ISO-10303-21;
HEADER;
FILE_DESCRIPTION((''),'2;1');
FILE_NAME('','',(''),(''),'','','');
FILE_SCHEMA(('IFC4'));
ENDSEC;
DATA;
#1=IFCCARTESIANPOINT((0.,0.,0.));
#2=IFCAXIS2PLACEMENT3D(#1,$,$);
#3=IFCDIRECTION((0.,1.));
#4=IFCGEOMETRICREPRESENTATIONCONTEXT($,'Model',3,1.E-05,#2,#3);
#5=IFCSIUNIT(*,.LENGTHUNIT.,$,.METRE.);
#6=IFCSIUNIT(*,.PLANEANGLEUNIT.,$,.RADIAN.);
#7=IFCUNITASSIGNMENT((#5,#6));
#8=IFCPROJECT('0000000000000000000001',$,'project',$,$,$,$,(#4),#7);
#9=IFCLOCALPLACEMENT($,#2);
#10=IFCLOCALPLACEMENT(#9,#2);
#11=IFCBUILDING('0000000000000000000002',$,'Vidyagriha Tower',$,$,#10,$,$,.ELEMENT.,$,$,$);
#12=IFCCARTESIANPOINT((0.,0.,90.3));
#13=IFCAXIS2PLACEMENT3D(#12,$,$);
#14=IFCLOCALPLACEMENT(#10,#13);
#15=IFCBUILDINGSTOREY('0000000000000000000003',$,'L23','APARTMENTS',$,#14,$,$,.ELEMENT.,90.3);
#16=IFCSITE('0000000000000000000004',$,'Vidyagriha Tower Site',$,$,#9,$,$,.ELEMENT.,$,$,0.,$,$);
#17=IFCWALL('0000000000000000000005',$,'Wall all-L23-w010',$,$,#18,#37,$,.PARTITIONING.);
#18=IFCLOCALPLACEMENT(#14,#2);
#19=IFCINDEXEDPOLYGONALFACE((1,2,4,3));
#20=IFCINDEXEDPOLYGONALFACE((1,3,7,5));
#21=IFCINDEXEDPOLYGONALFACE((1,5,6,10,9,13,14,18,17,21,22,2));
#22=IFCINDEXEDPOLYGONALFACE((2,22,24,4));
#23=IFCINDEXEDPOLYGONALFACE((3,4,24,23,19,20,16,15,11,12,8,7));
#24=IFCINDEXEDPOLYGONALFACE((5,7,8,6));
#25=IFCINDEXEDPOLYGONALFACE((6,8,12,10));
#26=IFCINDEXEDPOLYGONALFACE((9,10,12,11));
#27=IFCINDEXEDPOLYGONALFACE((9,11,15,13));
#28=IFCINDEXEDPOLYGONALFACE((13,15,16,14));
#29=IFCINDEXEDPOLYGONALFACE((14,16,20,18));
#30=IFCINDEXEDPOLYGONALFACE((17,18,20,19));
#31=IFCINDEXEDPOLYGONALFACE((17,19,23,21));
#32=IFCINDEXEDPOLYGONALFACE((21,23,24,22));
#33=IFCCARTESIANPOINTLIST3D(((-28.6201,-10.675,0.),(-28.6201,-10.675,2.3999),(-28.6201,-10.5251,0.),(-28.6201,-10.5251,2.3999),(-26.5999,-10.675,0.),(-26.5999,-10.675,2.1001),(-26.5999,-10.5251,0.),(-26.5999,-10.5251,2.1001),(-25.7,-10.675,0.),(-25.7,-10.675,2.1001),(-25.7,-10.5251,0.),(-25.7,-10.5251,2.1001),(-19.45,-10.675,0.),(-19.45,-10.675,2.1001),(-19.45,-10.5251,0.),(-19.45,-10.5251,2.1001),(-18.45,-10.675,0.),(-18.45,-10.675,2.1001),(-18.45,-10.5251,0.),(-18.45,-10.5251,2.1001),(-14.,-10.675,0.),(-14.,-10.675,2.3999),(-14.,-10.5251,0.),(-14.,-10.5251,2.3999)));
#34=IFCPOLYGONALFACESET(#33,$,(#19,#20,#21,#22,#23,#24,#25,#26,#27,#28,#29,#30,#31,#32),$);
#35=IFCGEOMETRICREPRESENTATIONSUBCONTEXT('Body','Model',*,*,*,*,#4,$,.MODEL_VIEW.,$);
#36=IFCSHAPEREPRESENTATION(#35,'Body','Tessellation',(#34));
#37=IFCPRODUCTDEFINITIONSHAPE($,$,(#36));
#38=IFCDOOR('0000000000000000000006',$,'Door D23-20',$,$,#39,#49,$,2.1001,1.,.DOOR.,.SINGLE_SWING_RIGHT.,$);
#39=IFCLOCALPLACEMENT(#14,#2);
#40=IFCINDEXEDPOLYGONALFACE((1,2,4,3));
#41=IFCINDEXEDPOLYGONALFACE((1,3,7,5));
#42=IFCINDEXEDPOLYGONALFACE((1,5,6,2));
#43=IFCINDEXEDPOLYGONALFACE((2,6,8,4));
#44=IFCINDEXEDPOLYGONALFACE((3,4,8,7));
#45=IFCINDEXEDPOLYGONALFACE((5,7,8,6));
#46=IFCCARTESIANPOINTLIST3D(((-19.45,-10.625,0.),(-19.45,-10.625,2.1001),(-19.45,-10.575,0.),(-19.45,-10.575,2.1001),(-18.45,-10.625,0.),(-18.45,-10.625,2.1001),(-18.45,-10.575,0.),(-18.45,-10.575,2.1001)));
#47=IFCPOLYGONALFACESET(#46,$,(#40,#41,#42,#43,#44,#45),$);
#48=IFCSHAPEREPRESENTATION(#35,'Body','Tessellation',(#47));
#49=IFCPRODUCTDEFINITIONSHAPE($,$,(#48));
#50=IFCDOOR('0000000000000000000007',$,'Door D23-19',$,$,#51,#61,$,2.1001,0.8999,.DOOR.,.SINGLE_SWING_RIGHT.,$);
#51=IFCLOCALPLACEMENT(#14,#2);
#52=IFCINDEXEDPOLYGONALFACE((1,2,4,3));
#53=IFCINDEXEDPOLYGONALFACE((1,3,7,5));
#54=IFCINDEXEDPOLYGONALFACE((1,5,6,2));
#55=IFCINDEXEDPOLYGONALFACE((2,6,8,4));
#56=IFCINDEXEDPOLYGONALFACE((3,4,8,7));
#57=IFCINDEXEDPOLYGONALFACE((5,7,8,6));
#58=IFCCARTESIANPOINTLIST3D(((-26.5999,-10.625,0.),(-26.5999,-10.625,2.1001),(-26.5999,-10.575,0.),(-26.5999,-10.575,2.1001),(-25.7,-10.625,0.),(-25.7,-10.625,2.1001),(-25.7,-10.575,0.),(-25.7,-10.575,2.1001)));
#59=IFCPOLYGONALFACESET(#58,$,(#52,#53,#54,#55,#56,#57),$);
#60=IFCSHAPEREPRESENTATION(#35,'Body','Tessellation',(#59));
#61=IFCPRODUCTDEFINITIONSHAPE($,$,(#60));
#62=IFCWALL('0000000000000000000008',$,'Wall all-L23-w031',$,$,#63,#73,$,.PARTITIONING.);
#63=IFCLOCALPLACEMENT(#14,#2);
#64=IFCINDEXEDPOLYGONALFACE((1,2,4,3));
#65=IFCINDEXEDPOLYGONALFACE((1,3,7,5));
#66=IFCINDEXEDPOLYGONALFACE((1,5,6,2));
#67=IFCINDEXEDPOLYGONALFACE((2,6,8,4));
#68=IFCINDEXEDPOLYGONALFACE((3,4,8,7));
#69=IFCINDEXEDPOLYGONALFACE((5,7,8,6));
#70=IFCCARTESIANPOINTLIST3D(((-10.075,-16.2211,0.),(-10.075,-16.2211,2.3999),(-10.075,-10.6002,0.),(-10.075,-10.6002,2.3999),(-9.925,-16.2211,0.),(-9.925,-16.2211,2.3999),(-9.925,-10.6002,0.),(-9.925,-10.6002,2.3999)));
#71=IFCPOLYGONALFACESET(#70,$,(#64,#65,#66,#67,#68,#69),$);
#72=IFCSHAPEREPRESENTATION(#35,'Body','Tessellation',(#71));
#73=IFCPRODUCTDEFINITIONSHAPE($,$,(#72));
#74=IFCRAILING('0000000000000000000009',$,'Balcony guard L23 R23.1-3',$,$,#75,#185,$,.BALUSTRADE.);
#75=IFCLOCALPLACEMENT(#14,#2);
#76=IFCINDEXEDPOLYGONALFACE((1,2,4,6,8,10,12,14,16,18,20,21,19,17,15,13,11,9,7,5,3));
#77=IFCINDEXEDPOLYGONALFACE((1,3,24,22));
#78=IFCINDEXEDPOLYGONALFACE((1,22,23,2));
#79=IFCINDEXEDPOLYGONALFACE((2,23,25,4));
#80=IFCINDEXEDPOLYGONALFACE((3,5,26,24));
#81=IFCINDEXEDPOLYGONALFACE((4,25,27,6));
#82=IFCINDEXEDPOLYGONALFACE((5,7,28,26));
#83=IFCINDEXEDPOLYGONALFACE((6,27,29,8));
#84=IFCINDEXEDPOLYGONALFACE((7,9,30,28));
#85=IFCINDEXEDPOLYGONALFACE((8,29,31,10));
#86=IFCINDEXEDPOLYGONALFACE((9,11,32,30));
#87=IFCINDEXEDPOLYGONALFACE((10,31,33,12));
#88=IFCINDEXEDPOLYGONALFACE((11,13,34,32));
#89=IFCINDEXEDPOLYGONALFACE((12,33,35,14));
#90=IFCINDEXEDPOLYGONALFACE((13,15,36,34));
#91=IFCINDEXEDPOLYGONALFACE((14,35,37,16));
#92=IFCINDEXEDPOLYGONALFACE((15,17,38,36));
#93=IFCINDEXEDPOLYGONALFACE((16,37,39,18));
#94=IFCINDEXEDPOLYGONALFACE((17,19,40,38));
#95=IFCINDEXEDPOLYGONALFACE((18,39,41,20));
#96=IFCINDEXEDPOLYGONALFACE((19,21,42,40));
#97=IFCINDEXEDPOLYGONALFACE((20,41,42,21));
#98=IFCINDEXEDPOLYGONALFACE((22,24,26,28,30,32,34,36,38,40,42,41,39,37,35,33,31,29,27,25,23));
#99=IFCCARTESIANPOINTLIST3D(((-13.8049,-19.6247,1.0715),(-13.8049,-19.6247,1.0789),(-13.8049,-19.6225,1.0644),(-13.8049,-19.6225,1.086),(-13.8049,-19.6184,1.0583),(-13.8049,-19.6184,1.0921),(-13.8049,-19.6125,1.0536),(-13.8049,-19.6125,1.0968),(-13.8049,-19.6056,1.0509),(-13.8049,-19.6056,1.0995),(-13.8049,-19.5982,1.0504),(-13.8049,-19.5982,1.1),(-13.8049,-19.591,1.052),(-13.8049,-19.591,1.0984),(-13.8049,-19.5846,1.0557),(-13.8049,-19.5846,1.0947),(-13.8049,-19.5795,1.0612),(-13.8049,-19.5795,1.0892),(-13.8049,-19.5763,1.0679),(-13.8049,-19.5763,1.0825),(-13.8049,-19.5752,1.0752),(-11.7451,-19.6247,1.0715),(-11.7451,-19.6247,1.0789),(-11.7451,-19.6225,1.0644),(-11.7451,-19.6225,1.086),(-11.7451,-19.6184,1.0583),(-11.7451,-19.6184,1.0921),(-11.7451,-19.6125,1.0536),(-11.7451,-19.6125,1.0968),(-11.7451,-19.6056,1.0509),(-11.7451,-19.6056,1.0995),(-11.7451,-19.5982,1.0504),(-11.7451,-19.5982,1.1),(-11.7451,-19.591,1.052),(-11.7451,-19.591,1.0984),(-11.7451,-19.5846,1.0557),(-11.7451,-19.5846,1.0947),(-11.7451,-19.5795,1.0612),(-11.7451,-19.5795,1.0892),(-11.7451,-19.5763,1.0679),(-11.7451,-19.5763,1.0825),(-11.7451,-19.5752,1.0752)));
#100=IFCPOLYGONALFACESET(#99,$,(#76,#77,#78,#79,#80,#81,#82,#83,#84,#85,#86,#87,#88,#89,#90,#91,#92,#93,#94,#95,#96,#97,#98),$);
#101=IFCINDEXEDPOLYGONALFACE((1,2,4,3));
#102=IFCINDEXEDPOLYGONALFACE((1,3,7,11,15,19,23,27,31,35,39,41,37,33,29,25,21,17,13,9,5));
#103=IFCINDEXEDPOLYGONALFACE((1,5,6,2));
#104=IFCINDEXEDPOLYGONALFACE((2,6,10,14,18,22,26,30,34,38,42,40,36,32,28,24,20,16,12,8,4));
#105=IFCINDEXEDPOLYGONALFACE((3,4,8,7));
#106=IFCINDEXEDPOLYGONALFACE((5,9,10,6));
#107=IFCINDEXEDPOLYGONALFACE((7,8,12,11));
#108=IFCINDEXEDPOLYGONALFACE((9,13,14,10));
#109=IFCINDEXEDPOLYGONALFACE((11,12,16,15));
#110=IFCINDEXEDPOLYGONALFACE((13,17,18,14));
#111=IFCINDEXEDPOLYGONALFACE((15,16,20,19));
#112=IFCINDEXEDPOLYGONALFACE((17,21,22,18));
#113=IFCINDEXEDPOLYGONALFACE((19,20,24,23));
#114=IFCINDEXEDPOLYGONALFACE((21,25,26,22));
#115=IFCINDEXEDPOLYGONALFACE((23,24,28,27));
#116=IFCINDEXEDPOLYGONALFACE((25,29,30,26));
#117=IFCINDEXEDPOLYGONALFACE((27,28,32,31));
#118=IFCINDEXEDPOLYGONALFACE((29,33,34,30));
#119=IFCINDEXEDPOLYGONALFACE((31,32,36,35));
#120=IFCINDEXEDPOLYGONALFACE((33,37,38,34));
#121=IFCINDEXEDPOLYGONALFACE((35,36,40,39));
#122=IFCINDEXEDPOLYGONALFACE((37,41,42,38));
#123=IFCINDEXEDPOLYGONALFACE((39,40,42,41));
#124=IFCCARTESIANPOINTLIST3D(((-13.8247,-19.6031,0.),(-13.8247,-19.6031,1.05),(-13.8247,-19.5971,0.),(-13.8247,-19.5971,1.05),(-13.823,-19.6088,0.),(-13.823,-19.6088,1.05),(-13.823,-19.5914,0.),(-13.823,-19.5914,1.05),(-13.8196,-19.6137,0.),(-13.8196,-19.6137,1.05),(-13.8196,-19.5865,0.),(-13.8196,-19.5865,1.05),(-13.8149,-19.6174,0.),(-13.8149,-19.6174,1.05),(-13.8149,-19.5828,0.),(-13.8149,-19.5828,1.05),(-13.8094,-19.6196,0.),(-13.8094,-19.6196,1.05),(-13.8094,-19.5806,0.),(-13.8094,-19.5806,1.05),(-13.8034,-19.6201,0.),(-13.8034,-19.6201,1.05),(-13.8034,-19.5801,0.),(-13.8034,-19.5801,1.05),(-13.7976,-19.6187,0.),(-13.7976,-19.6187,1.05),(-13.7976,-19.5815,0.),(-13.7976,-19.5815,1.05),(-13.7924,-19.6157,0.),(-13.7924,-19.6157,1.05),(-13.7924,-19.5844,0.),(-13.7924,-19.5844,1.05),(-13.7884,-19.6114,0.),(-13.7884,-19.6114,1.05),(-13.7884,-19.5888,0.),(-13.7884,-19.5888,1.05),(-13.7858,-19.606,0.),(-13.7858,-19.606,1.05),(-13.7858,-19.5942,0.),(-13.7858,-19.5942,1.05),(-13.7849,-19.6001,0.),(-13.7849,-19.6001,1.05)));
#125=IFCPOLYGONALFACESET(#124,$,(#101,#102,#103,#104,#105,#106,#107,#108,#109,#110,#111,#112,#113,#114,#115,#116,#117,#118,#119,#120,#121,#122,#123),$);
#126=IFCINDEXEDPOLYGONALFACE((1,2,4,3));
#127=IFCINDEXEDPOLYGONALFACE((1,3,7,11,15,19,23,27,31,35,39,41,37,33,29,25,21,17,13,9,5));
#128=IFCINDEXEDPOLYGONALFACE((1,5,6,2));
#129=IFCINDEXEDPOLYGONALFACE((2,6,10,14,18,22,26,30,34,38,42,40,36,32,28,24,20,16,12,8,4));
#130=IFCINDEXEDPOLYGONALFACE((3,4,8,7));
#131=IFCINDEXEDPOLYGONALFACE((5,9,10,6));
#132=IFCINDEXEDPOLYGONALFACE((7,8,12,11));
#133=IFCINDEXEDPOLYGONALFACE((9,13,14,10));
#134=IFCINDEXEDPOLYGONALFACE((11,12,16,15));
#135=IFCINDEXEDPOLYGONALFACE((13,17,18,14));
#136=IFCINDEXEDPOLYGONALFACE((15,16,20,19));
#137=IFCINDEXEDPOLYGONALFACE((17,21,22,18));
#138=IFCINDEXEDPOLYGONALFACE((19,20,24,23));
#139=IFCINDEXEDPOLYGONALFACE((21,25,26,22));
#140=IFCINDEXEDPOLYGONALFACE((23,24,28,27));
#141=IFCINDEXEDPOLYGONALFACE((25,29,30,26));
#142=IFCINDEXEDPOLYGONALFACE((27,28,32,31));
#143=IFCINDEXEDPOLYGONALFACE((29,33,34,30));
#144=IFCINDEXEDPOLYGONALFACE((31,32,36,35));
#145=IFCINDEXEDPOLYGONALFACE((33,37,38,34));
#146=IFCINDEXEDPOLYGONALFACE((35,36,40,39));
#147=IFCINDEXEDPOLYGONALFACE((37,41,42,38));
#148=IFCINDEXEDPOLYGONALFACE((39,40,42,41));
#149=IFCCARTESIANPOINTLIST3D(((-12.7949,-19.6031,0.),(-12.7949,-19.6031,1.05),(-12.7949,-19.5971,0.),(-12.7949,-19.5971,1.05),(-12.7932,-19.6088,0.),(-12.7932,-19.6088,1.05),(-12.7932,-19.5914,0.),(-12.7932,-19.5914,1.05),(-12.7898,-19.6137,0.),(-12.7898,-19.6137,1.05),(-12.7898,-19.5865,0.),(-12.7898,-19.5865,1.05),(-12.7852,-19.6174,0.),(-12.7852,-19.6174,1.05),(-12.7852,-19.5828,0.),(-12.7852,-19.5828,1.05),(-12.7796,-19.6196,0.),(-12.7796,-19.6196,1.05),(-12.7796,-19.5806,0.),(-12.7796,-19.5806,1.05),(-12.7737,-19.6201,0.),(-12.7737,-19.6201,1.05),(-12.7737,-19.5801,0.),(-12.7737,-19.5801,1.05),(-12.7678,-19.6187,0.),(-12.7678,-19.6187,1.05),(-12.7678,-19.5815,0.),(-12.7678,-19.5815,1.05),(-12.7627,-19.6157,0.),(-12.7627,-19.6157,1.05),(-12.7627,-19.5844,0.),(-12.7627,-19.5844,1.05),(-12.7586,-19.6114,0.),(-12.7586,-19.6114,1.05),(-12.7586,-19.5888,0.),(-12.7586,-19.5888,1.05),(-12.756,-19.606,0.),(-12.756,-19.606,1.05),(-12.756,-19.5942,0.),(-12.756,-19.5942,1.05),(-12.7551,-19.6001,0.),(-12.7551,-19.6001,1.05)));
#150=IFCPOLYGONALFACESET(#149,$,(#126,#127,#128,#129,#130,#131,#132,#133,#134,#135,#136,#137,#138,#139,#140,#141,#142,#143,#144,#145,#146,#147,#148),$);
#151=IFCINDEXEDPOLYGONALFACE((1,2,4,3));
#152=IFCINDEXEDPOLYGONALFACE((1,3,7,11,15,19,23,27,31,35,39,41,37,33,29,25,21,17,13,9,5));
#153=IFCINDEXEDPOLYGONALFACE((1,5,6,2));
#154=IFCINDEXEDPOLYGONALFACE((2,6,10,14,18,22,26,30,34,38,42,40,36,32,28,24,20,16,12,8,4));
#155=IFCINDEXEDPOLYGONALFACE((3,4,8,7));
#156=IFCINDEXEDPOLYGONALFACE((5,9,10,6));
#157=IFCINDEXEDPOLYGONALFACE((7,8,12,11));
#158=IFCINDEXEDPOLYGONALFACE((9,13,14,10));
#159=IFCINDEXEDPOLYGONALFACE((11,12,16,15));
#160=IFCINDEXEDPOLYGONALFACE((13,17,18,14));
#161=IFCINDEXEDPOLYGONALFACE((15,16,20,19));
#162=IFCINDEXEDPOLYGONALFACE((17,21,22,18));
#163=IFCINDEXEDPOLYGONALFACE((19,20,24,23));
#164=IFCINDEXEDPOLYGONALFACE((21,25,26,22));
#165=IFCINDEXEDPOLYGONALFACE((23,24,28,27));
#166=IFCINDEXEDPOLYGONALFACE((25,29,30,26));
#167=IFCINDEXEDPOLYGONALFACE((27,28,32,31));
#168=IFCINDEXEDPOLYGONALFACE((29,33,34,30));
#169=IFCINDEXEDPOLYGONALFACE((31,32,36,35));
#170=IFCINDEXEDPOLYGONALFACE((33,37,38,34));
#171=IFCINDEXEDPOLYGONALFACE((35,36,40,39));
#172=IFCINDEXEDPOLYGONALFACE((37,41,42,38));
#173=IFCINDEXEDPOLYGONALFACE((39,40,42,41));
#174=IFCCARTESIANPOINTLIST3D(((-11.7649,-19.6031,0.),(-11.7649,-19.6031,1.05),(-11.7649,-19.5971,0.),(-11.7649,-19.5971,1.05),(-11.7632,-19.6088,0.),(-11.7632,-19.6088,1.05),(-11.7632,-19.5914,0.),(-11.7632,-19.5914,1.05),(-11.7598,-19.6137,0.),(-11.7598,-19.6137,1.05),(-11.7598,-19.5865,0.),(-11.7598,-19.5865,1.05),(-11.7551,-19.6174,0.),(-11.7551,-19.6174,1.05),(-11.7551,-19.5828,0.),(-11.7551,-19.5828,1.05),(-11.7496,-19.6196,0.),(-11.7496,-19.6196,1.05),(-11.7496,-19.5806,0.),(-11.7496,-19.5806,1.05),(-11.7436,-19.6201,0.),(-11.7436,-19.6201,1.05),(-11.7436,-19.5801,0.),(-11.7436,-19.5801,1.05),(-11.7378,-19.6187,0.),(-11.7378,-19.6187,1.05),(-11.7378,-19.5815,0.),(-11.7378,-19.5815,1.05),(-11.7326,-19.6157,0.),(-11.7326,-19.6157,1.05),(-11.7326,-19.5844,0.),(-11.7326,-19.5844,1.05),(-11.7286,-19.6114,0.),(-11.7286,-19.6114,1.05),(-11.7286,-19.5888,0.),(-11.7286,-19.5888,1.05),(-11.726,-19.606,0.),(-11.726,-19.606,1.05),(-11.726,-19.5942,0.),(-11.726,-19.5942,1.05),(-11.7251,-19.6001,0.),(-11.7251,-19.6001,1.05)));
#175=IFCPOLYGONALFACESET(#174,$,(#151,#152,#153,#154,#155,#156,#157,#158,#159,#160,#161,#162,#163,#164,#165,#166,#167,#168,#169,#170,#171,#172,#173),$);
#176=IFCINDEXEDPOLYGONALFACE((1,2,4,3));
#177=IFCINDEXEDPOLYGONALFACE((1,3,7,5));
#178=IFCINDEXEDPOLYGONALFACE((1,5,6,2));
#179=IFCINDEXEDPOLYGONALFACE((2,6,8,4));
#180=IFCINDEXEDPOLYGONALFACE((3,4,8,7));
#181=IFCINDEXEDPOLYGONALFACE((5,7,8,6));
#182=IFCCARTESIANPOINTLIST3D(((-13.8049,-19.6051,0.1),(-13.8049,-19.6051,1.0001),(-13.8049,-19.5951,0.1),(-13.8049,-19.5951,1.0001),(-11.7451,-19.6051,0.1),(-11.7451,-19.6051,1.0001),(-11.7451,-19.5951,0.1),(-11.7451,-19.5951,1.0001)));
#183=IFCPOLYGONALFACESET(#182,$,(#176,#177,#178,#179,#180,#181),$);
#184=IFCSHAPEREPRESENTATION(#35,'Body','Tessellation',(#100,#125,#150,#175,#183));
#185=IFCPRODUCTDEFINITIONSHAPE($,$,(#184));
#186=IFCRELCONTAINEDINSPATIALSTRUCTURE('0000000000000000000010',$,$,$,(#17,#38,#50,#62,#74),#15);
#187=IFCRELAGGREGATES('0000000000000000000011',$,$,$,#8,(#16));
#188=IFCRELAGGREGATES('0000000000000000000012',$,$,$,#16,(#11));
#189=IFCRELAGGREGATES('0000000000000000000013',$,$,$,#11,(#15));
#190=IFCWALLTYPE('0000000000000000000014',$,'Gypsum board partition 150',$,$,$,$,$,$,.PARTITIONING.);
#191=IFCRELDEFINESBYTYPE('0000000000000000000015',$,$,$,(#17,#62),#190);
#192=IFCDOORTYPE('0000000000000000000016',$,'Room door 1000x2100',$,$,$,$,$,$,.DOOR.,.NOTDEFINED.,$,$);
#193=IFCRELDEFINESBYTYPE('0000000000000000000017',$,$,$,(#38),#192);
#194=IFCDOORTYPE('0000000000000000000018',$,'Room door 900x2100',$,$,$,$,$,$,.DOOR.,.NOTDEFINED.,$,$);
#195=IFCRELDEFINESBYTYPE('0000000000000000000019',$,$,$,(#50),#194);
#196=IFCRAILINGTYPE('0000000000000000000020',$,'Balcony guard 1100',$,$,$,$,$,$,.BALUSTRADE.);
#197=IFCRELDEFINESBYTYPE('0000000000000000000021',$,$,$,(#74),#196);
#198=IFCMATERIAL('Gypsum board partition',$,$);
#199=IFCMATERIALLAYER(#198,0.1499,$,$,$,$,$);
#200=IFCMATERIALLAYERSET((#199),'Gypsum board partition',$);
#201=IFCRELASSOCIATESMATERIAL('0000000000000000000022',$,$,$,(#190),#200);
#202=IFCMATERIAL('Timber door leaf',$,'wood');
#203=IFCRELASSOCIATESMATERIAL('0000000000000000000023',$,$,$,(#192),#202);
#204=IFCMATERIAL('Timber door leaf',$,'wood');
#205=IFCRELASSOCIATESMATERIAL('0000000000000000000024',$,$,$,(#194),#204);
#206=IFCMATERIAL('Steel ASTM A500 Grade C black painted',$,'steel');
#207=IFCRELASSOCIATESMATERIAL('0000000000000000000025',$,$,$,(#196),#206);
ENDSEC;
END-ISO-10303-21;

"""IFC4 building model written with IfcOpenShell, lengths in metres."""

from ifc_helpers import new_model, si_unit, direction, frame, frame_2d, origin, origin_2d, place, context, subcontext, project, spatial, rectangle, circle, extrude, material, layer, layer_set, type_object, element, fill, save


model = new_model("IFC4")

# Units and contexts
model_context = context("Model", 3, precision=1e-05, world=origin(), true_north=direction((0.0, 1.0)))
body_context = subcontext(model_context, "Body", "Model", "MODEL_VIEW")
ifc_project = project(units=[si_unit("LENGTHUNIT", "METRE"), si_unit("PLANEANGLEUNIT", "RADIAN")], contexts=[model_context])

# Site, building, storey
site_placement = place(None, origin())
site = spatial("IfcSite", under=ifc_project, at=site_placement, Name="Vidyagriha Tower Site", CompositionType="ELEMENT", RefElevation=0.0)
building_placement = place(site_placement, origin())
building = spatial("IfcBuilding", under=site, at=building_placement, Name="Vidyagriha Tower", CompositionType="ELEMENT")
storey_placement = place(building_placement, frame((0.0, 0.0, 90.3)))
storey = spatial("IfcBuildingStorey", under=building, at=storey_placement, Name="L23", Description="APARTMENTS", CompositionType="ELEMENT", Elevation=90.3)

# Wall, openings, doors
ifc_material_1 = material(Name="Gypsum board partition")
ifc_layer_1 = layer(ifc_material_1, 0.1499)
ifc_layer_set_1 = layer_set([ifc_layer_1], Name="Gypsum board partition")
wall_type_1 = type_object("IfcWallType", Name="Gypsum board partition 150", PredefinedType="PARTITIONING", material=ifc_layer_set_1)
wall_1_placement = place(storey_placement, frame((-14.0, -10.6001, 0.0), z_axis=(0.0, 0.0, 1.0), x_axis=(-1.0, 0.0, 0.0)))
wall_1 = element("IfcWall", 1, at=wall_1_placement, inside=storey, type_object=wall_type_1, Name="Wall all-L23-w010", PredefinedType="PARTITIONING", context=body_context, shape_type="SweptSolid", body=[
    extrude(rectangle(XDim=14.6201, YDim=0.1499, at=frame_2d((7.3101, 0.0))), origin(), (0.0, 0.0, 1.0), 2.3999),
])
opening_1_placement = place(wall_1_placement, frame((11.7, 0.0, 0.0)))
opening_1 = element("IfcOpeningElement", 2, at=opening_1_placement, cuts=wall_1, PredefinedType="OPENING", context=body_context, shape_type="SweptSolid", body=[
    extrude(rectangle(XDim=0.8999, YDim=2.1001, at=frame_2d((0.45, 1.05))), frame((0.0, 0.085, 0.0), z_axis=(0.0, -1.0, 0.0), x_axis=(1.0, 0.0, 0.0)), (0.0, 0.0, 1.0), 0.1699),
])
opening_2_placement = place(wall_1_placement, frame((4.45, 0.0, 0.0)))
opening_2 = element("IfcOpeningElement", 3, at=opening_2_placement, cuts=wall_1, PredefinedType="OPENING", context=body_context, shape_type="SweptSolid", body=[
    extrude(rectangle(XDim=1.0, YDim=2.1001, at=frame_2d((0.5, 1.05))), frame((0.0, 0.085, 0.0), z_axis=(0.0, -1.0, 0.0), x_axis=(1.0, 0.0, 0.0)), (0.0, 0.0, 1.0), 0.1699),
])
ifc_material_2 = material(Name="Timber door leaf", Category="wood")
door_type_1 = type_object("IfcDoorType", Name="Room door 1000x2100", OperationType="NOTDEFINED", PredefinedType="DOOR", material=ifc_material_2)
door_1_placement = place(opening_2_placement, origin())
door_1 = element("IfcDoor", 4, at=door_1_placement, inside=storey, type_object=door_type_1, Name="Door D23-20", OperationType="SINGLE_SWING_RIGHT", OverallHeight=2.1001, OverallWidth=1.0, PredefinedType="DOOR", context=body_context, shape_type="SweptSolid", body=[
    extrude(rectangle(XDim=1.0, YDim=2.1001, at=frame_2d((0.5, 1.05))), frame((0.0, 0.0249, 0.0), z_axis=(0.0, -1.0, 0.0), x_axis=(1.0, 0.0, 0.0)), (0.0, 0.0, 1.0), 0.05),
])
fill(opening_2, door_1)
ifc_material_3 = material(Name="Timber door leaf", Category="wood")
door_type_2 = type_object("IfcDoorType", Name="Room door 900x2100", OperationType="NOTDEFINED", PredefinedType="DOOR", material=ifc_material_3)
door_2_placement = place(opening_1_placement, origin())
door_2 = element("IfcDoor", 5, at=door_2_placement, inside=storey, type_object=door_type_2, Name="Door D23-19", OperationType="SINGLE_SWING_RIGHT", OverallHeight=2.1001, OverallWidth=0.8999, PredefinedType="DOOR", context=body_context, shape_type="SweptSolid", body=[
    extrude(rectangle(XDim=0.8999, YDim=2.1001, at=frame_2d((0.45, 1.05))), frame((0.0, 0.0249, 0.0), z_axis=(0.0, -1.0, 0.0), x_axis=(1.0, 0.0, 0.0)), (0.0, 0.0, 1.0), 0.05),
])
fill(opening_1, door_2)

# Wall
wall_2_placement = place(storey_placement, frame((-10.0, -10.6001, 0.0), z_axis=(0.0, 0.0, 1.0), x_axis=(0.0, -1.0, 0.0)))
element("IfcWall", 6, at=wall_2_placement, inside=storey, type_object=wall_type_1, Name="Wall all-L23-w031", PredefinedType="PARTITIONING", context=body_context, shape_type="SweptSolid", body=[
    extrude(rectangle(XDim=5.6208, YDim=0.1499, at=frame_2d((2.8105, 0.0))), origin(), (0.0, 0.0, 1.0), 2.3999),
])

# Railing
ifc_material_4 = material(Name="Steel ASTM A500 Grade C black painted", Category="steel")
railing_type = type_object("IfcRailingType", Name="Balcony guard 1100", PredefinedType="BALUSTRADE", material=ifc_material_4)
railing_1_placement = place(storey_placement, frame((-13.8049, -19.6001, 0.0)))
element("IfcRailing", 7, at=railing_1_placement, inside=storey, type_object=railing_type, Name="Balcony guard L23 R23.1-3", PredefinedType="BALUSTRADE", context=body_context, shape_type="SweptSolid", body=[
    extrude(circle(Radius=0.0249, at=origin_2d()), frame((0.0, 0.0, 1.0752), z_axis=(1.0, 0.0, 0.0), x_axis=(0.0, 1.0, 0.0)), (0.0, 0.0, 1.0), 2.0598),
    extrude(circle(Radius=0.02, at=origin_2d()), origin(), (0.0, 0.0, 1.0), 1.05),
    extrude(circle(Radius=0.02, at=origin_2d()), frame((1.0298, 0.0, 0.0)), (0.0, 0.0, 1.0), 1.05),
    extrude(circle(Radius=0.02, at=origin_2d()), frame((2.0598, 0.0, 0.0)), (0.0, 0.0, 1.0), 1.05),
    extrude(rectangle(XDim=0.01, YDim=0.9001, at=origin_2d()), frame((0.0, 0.0, 0.55), z_axis=(1.0, 0.0, 0.0), x_axis=(0.0, 1.0, 0.0)), (0.0, 0.0, 1.0), 2.0598),
])

save(model, "model.ifc")
